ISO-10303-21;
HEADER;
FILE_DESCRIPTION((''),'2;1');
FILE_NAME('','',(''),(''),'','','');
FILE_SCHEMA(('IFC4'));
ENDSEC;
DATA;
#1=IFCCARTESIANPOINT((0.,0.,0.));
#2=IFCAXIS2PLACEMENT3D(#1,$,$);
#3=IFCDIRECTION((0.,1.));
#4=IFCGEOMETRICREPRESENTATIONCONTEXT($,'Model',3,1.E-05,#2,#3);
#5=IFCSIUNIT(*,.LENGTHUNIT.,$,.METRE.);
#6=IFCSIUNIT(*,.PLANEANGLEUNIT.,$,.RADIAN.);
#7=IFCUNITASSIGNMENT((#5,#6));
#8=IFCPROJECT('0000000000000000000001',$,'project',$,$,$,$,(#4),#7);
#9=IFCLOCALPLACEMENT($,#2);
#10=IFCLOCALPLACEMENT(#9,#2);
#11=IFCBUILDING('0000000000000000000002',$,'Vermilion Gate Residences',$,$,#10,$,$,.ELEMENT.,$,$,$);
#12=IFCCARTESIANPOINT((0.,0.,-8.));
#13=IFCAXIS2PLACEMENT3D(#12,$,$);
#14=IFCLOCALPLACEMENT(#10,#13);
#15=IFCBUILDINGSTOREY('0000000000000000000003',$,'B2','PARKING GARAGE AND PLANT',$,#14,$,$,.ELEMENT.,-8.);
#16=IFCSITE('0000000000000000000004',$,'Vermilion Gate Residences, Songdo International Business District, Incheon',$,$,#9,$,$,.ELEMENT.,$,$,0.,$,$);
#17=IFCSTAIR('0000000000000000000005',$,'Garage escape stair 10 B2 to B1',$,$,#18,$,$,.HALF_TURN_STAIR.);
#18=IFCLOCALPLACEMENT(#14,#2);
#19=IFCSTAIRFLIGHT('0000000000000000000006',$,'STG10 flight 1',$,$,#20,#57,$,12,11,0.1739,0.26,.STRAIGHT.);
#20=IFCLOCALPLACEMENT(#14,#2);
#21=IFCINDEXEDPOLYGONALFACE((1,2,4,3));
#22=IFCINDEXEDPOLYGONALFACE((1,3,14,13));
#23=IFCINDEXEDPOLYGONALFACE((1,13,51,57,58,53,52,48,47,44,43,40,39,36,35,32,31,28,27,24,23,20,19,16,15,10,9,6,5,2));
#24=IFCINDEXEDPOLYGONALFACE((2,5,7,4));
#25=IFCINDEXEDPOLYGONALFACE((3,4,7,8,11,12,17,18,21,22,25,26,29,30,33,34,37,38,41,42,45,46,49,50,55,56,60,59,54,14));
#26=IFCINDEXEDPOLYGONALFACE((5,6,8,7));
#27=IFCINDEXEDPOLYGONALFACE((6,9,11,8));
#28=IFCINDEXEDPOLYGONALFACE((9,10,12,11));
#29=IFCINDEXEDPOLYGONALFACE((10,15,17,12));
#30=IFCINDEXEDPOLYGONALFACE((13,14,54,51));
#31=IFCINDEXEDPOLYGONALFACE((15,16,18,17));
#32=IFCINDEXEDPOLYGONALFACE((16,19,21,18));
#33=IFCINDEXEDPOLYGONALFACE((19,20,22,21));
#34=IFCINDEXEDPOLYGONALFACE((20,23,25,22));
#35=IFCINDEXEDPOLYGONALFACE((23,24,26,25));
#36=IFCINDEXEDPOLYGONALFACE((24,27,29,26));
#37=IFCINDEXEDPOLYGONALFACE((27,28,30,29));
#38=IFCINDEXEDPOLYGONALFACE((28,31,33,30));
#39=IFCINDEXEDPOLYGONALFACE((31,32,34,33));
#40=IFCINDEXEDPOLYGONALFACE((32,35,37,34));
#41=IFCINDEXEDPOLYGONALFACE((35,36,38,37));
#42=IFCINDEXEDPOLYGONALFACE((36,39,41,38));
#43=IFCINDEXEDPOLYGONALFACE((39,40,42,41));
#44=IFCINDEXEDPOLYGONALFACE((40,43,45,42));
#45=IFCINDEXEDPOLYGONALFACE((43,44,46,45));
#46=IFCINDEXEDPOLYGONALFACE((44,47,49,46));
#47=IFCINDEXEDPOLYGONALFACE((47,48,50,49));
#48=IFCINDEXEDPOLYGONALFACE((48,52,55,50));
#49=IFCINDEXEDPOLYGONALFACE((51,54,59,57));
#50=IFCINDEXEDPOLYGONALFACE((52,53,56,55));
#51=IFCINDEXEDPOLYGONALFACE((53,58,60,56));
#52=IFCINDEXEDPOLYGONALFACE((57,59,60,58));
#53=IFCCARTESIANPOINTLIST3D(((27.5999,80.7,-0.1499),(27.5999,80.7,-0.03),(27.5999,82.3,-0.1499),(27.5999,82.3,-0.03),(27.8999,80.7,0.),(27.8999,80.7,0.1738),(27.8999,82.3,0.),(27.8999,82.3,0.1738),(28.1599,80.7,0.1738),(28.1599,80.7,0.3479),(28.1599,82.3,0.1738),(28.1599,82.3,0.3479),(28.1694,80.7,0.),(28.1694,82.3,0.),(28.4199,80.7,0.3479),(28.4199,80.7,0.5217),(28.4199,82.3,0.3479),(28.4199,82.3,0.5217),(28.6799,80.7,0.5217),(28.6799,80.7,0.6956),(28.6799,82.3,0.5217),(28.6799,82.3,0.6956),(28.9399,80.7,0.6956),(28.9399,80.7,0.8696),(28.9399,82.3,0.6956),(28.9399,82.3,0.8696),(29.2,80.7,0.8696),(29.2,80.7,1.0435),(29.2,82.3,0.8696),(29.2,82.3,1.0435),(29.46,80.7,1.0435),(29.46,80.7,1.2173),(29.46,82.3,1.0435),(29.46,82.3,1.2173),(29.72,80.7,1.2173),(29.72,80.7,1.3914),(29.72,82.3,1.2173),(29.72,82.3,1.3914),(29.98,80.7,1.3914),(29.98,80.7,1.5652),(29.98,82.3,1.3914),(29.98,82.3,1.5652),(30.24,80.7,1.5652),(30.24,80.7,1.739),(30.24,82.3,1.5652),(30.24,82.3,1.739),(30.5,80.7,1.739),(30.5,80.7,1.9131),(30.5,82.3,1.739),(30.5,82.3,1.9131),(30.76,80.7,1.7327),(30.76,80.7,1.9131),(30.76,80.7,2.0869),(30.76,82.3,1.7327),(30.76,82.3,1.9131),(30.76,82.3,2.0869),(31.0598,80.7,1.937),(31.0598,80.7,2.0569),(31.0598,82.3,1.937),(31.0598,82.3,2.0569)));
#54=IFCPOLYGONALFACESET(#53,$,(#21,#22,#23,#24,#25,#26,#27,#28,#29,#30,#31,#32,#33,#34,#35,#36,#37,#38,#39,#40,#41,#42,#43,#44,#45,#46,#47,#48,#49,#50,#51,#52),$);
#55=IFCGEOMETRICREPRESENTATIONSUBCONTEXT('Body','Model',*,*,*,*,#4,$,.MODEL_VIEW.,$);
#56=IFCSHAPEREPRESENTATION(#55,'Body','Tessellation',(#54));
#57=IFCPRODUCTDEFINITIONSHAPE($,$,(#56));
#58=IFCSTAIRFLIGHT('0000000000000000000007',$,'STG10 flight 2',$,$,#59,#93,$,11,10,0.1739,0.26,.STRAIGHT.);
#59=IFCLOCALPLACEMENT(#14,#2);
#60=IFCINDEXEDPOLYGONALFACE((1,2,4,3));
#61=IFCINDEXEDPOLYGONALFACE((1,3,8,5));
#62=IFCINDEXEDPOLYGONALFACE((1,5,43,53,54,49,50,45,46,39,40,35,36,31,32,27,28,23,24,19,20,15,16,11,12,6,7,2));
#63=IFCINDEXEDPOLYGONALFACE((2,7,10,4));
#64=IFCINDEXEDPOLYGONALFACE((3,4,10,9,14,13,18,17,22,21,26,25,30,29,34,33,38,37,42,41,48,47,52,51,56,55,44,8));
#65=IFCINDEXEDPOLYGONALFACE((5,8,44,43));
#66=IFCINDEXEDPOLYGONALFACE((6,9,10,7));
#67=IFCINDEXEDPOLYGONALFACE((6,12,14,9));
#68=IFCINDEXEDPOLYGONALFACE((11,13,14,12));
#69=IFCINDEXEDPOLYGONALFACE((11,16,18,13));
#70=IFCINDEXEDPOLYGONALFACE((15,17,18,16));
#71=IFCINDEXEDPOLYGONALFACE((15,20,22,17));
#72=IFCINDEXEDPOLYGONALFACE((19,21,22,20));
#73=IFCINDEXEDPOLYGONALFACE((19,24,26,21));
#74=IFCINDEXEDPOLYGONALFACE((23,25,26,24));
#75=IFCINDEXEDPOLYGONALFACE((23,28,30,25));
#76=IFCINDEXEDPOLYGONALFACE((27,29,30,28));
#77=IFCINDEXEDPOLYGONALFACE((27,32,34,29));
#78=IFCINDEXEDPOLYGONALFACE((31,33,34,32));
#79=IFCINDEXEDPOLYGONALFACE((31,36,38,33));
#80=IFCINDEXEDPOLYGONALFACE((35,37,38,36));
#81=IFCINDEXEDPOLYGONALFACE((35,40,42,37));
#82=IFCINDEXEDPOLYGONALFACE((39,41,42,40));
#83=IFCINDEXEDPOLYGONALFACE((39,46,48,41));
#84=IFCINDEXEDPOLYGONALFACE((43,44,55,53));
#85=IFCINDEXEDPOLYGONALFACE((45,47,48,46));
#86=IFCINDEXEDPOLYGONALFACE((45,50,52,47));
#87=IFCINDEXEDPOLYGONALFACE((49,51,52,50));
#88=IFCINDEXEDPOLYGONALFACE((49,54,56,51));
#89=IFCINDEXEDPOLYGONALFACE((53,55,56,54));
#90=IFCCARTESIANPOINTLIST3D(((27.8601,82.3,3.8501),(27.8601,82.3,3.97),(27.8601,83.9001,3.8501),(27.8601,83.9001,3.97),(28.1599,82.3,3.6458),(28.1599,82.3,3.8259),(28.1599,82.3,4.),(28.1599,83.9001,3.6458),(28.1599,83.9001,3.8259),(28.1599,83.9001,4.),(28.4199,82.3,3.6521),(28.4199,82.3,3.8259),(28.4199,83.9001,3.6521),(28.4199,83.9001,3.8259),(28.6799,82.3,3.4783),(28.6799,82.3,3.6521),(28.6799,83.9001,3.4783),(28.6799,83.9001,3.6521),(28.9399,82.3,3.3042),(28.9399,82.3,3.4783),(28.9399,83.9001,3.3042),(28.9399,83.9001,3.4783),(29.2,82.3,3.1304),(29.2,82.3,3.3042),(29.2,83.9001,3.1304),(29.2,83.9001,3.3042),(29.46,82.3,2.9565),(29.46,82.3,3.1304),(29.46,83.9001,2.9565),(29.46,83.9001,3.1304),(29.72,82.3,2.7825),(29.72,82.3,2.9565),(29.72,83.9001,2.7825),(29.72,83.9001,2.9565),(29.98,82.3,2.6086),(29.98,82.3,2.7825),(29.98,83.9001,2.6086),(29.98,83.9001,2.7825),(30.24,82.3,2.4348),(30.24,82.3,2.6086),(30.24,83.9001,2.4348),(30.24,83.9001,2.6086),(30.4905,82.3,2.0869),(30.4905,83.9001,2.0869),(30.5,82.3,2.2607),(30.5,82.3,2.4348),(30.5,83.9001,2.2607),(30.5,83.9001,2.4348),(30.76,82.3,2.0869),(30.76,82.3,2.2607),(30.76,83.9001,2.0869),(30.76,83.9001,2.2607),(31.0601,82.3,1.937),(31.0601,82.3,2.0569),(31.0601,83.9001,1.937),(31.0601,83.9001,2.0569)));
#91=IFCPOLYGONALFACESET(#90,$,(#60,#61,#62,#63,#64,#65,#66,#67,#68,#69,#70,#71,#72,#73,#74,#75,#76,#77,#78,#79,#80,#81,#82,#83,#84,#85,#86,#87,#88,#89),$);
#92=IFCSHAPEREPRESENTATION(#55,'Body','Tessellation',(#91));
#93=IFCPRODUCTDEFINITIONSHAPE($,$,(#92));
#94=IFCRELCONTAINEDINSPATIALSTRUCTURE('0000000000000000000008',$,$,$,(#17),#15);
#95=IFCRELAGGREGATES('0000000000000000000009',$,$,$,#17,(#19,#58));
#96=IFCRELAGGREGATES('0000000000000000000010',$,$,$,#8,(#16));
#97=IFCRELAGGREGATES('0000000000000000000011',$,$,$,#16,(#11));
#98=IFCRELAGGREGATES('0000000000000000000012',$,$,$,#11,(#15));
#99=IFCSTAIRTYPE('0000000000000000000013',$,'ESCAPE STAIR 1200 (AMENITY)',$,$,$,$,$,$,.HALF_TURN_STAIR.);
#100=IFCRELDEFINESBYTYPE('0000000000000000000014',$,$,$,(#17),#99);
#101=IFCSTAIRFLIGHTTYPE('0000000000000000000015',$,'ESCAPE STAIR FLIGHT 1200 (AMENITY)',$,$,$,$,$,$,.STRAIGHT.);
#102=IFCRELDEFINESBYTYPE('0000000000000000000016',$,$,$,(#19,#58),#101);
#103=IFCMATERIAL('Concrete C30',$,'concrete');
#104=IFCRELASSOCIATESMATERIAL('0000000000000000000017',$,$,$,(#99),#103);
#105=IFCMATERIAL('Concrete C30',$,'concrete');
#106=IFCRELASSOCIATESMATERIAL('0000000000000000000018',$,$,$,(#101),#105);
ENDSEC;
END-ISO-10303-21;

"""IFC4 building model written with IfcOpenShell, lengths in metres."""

from ifc_helpers import new_model, si_unit, direction, frame, origin, place, context, subcontext, project, spatial, polyline, outline, extrude, material, type_object, element, aggregate, save


model = new_model("IFC4")

# Units and contexts
model_context = context("Model", 3, precision=1e-05, world=origin(), true_north=direction((0.0, 1.0)))
body_context = subcontext(model_context, "Body", "Model", "MODEL_VIEW")
ifc_project = project(units=[si_unit("LENGTHUNIT", "METRE"), si_unit("PLANEANGLEUNIT", "RADIAN")], contexts=[model_context])

# Site, building, storey
site_placement = place(None, origin())
site = spatial("IfcSite", under=ifc_project, at=site_placement, Name="Vermilion Gate Residences, Songdo International Business District, Incheon", CompositionType="ELEMENT", RefElevation=0.0)
building_placement = place(site_placement, origin())
building = spatial("IfcBuilding", under=site, at=building_placement, Name="Vermilion Gate Residences", CompositionType="ELEMENT")
storey_placement = place(building_placement, frame((0.0, 0.0, -8.0)))
storey = spatial("IfcBuildingStorey", under=building, at=storey_placement, Name="B2", Description="PARKING GARAGE AND PLANT", CompositionType="ELEMENT", Elevation=-8.0)

# Stair, stair flights
ifc_material_1 = material(Name="Concrete C30", Category="concrete")
stair_type = type_object("IfcStairType", Name="ESCAPE STAIR 1200 (AMENITY)", PredefinedType="HALF_TURN_STAIR", material=ifc_material_1)
ifc_material_2 = material(Name="Concrete C30", Category="concrete")
stair_flight_type = type_object("IfcStairFlightType", Name="ESCAPE STAIR FLIGHT 1200 (AMENITY)", PredefinedType="STRAIGHT", material=ifc_material_2)
stair_1_placement = place(storey_placement, origin())
stair_1 = element("IfcStair", 1, at=stair_1_placement, inside=storey, type_object=stair_type, Name="Garage escape stair 10 B2 to B1", PredefinedType="HALF_TURN_STAIR")
stair_flight_1_placement = place(storey_placement, frame((27.8999, 81.5, 0.0), z_axis=(0.0, 0.0, 1.0), x_axis=(1.0, 0.0, 0.0)))
stair_flight_1 = element("IfcStairFlight", 2, at=stair_flight_1_placement, type_object=stair_flight_type, Name="STG10 flight 1", NumberOfRisers=12, NumberOfTreads=11, PredefinedType="STRAIGHT", RiserHeight=0.1739, TreadLength=0.26, context=body_context, shape_type="SweptSolid", body=[
    extrude(outline(polyline([(-0.3, -0.1499), (-0.3, -0.03), (0.0, 0.0), (0.0, 0.1738), (0.26, 0.1738), (0.26, 0.3479), (0.52, 0.3479), (0.52, 0.5217), (0.78, 0.5217), (0.78, 0.6956), (1.04, 0.6956), (1.04, 0.8696), (1.3, 0.8696), (1.3, 1.0435), (1.5601, 1.0435), (1.5601, 1.2173), (1.8201, 1.2173), (1.8201, 1.3914), (2.0801, 1.3914), (2.0801, 1.5652), (2.3401, 1.5652), (2.3401, 1.739), (2.6001, 1.739), (2.6001, 1.9131), (2.8601, 1.9131), (2.8601, 2.0869), (3.1599, 2.0569), (3.1599, 1.937), (2.8601, 1.7327), (0.2695, 0.0), (-0.3, -0.1499)])), frame((0.0, 0.8, 0.0), z_axis=(0.0, -1.0, 0.0), x_axis=(1.0, 0.0, 0.0)), (0.0, 0.0, 1.0), 1.6001),
])
stair_flight_2_placement = place(storey_placement, frame((30.76, 83.1001, 2.0869), z_axis=(0.0, 0.0, 1.0), x_axis=(-1.0, 0.0, 0.0)))
stair_flight_2 = element("IfcStairFlight", 3, at=stair_flight_2_placement, type_object=stair_flight_type, Name="STG10 flight 2", NumberOfRisers=11, NumberOfTreads=10, PredefinedType="STRAIGHT", RiserHeight=0.1739, TreadLength=0.26, context=body_context, shape_type="SweptSolid", body=[
    extrude(outline(polyline([(-0.3, -0.1499), (-0.3, -0.03), (0.0, 0.0), (0.0, 0.1738), (0.26, 0.1738), (0.26, 0.3479), (0.52, 0.3479), (0.52, 0.5217), (0.78, 0.5217), (0.78, 0.6956), (1.04, 0.6956), (1.04, 0.8696), (1.3, 0.8696), (1.3, 1.0435), (1.5601, 1.0435), (1.5601, 1.2173), (1.8201, 1.2173), (1.8201, 1.3914), (2.0801, 1.3914), (2.0801, 1.5652), (2.3401, 1.5652), (2.3401, 1.739), (2.6001, 1.739), (2.6001, 1.9131), (2.8999, 1.8831), (2.8999, 1.7632), (2.6001, 1.5588), (0.2695, 0.0), (-0.3, -0.1499)])), frame((0.0, 0.8, 0.0), z_axis=(0.0, -1.0, 0.0), x_axis=(1.0, 0.0, 0.0)), (0.0, 0.0, 1.0), 1.6001),
])
aggregate(stair_1, [stair_flight_1, stair_flight_2])

save(model, "model.ifc")
